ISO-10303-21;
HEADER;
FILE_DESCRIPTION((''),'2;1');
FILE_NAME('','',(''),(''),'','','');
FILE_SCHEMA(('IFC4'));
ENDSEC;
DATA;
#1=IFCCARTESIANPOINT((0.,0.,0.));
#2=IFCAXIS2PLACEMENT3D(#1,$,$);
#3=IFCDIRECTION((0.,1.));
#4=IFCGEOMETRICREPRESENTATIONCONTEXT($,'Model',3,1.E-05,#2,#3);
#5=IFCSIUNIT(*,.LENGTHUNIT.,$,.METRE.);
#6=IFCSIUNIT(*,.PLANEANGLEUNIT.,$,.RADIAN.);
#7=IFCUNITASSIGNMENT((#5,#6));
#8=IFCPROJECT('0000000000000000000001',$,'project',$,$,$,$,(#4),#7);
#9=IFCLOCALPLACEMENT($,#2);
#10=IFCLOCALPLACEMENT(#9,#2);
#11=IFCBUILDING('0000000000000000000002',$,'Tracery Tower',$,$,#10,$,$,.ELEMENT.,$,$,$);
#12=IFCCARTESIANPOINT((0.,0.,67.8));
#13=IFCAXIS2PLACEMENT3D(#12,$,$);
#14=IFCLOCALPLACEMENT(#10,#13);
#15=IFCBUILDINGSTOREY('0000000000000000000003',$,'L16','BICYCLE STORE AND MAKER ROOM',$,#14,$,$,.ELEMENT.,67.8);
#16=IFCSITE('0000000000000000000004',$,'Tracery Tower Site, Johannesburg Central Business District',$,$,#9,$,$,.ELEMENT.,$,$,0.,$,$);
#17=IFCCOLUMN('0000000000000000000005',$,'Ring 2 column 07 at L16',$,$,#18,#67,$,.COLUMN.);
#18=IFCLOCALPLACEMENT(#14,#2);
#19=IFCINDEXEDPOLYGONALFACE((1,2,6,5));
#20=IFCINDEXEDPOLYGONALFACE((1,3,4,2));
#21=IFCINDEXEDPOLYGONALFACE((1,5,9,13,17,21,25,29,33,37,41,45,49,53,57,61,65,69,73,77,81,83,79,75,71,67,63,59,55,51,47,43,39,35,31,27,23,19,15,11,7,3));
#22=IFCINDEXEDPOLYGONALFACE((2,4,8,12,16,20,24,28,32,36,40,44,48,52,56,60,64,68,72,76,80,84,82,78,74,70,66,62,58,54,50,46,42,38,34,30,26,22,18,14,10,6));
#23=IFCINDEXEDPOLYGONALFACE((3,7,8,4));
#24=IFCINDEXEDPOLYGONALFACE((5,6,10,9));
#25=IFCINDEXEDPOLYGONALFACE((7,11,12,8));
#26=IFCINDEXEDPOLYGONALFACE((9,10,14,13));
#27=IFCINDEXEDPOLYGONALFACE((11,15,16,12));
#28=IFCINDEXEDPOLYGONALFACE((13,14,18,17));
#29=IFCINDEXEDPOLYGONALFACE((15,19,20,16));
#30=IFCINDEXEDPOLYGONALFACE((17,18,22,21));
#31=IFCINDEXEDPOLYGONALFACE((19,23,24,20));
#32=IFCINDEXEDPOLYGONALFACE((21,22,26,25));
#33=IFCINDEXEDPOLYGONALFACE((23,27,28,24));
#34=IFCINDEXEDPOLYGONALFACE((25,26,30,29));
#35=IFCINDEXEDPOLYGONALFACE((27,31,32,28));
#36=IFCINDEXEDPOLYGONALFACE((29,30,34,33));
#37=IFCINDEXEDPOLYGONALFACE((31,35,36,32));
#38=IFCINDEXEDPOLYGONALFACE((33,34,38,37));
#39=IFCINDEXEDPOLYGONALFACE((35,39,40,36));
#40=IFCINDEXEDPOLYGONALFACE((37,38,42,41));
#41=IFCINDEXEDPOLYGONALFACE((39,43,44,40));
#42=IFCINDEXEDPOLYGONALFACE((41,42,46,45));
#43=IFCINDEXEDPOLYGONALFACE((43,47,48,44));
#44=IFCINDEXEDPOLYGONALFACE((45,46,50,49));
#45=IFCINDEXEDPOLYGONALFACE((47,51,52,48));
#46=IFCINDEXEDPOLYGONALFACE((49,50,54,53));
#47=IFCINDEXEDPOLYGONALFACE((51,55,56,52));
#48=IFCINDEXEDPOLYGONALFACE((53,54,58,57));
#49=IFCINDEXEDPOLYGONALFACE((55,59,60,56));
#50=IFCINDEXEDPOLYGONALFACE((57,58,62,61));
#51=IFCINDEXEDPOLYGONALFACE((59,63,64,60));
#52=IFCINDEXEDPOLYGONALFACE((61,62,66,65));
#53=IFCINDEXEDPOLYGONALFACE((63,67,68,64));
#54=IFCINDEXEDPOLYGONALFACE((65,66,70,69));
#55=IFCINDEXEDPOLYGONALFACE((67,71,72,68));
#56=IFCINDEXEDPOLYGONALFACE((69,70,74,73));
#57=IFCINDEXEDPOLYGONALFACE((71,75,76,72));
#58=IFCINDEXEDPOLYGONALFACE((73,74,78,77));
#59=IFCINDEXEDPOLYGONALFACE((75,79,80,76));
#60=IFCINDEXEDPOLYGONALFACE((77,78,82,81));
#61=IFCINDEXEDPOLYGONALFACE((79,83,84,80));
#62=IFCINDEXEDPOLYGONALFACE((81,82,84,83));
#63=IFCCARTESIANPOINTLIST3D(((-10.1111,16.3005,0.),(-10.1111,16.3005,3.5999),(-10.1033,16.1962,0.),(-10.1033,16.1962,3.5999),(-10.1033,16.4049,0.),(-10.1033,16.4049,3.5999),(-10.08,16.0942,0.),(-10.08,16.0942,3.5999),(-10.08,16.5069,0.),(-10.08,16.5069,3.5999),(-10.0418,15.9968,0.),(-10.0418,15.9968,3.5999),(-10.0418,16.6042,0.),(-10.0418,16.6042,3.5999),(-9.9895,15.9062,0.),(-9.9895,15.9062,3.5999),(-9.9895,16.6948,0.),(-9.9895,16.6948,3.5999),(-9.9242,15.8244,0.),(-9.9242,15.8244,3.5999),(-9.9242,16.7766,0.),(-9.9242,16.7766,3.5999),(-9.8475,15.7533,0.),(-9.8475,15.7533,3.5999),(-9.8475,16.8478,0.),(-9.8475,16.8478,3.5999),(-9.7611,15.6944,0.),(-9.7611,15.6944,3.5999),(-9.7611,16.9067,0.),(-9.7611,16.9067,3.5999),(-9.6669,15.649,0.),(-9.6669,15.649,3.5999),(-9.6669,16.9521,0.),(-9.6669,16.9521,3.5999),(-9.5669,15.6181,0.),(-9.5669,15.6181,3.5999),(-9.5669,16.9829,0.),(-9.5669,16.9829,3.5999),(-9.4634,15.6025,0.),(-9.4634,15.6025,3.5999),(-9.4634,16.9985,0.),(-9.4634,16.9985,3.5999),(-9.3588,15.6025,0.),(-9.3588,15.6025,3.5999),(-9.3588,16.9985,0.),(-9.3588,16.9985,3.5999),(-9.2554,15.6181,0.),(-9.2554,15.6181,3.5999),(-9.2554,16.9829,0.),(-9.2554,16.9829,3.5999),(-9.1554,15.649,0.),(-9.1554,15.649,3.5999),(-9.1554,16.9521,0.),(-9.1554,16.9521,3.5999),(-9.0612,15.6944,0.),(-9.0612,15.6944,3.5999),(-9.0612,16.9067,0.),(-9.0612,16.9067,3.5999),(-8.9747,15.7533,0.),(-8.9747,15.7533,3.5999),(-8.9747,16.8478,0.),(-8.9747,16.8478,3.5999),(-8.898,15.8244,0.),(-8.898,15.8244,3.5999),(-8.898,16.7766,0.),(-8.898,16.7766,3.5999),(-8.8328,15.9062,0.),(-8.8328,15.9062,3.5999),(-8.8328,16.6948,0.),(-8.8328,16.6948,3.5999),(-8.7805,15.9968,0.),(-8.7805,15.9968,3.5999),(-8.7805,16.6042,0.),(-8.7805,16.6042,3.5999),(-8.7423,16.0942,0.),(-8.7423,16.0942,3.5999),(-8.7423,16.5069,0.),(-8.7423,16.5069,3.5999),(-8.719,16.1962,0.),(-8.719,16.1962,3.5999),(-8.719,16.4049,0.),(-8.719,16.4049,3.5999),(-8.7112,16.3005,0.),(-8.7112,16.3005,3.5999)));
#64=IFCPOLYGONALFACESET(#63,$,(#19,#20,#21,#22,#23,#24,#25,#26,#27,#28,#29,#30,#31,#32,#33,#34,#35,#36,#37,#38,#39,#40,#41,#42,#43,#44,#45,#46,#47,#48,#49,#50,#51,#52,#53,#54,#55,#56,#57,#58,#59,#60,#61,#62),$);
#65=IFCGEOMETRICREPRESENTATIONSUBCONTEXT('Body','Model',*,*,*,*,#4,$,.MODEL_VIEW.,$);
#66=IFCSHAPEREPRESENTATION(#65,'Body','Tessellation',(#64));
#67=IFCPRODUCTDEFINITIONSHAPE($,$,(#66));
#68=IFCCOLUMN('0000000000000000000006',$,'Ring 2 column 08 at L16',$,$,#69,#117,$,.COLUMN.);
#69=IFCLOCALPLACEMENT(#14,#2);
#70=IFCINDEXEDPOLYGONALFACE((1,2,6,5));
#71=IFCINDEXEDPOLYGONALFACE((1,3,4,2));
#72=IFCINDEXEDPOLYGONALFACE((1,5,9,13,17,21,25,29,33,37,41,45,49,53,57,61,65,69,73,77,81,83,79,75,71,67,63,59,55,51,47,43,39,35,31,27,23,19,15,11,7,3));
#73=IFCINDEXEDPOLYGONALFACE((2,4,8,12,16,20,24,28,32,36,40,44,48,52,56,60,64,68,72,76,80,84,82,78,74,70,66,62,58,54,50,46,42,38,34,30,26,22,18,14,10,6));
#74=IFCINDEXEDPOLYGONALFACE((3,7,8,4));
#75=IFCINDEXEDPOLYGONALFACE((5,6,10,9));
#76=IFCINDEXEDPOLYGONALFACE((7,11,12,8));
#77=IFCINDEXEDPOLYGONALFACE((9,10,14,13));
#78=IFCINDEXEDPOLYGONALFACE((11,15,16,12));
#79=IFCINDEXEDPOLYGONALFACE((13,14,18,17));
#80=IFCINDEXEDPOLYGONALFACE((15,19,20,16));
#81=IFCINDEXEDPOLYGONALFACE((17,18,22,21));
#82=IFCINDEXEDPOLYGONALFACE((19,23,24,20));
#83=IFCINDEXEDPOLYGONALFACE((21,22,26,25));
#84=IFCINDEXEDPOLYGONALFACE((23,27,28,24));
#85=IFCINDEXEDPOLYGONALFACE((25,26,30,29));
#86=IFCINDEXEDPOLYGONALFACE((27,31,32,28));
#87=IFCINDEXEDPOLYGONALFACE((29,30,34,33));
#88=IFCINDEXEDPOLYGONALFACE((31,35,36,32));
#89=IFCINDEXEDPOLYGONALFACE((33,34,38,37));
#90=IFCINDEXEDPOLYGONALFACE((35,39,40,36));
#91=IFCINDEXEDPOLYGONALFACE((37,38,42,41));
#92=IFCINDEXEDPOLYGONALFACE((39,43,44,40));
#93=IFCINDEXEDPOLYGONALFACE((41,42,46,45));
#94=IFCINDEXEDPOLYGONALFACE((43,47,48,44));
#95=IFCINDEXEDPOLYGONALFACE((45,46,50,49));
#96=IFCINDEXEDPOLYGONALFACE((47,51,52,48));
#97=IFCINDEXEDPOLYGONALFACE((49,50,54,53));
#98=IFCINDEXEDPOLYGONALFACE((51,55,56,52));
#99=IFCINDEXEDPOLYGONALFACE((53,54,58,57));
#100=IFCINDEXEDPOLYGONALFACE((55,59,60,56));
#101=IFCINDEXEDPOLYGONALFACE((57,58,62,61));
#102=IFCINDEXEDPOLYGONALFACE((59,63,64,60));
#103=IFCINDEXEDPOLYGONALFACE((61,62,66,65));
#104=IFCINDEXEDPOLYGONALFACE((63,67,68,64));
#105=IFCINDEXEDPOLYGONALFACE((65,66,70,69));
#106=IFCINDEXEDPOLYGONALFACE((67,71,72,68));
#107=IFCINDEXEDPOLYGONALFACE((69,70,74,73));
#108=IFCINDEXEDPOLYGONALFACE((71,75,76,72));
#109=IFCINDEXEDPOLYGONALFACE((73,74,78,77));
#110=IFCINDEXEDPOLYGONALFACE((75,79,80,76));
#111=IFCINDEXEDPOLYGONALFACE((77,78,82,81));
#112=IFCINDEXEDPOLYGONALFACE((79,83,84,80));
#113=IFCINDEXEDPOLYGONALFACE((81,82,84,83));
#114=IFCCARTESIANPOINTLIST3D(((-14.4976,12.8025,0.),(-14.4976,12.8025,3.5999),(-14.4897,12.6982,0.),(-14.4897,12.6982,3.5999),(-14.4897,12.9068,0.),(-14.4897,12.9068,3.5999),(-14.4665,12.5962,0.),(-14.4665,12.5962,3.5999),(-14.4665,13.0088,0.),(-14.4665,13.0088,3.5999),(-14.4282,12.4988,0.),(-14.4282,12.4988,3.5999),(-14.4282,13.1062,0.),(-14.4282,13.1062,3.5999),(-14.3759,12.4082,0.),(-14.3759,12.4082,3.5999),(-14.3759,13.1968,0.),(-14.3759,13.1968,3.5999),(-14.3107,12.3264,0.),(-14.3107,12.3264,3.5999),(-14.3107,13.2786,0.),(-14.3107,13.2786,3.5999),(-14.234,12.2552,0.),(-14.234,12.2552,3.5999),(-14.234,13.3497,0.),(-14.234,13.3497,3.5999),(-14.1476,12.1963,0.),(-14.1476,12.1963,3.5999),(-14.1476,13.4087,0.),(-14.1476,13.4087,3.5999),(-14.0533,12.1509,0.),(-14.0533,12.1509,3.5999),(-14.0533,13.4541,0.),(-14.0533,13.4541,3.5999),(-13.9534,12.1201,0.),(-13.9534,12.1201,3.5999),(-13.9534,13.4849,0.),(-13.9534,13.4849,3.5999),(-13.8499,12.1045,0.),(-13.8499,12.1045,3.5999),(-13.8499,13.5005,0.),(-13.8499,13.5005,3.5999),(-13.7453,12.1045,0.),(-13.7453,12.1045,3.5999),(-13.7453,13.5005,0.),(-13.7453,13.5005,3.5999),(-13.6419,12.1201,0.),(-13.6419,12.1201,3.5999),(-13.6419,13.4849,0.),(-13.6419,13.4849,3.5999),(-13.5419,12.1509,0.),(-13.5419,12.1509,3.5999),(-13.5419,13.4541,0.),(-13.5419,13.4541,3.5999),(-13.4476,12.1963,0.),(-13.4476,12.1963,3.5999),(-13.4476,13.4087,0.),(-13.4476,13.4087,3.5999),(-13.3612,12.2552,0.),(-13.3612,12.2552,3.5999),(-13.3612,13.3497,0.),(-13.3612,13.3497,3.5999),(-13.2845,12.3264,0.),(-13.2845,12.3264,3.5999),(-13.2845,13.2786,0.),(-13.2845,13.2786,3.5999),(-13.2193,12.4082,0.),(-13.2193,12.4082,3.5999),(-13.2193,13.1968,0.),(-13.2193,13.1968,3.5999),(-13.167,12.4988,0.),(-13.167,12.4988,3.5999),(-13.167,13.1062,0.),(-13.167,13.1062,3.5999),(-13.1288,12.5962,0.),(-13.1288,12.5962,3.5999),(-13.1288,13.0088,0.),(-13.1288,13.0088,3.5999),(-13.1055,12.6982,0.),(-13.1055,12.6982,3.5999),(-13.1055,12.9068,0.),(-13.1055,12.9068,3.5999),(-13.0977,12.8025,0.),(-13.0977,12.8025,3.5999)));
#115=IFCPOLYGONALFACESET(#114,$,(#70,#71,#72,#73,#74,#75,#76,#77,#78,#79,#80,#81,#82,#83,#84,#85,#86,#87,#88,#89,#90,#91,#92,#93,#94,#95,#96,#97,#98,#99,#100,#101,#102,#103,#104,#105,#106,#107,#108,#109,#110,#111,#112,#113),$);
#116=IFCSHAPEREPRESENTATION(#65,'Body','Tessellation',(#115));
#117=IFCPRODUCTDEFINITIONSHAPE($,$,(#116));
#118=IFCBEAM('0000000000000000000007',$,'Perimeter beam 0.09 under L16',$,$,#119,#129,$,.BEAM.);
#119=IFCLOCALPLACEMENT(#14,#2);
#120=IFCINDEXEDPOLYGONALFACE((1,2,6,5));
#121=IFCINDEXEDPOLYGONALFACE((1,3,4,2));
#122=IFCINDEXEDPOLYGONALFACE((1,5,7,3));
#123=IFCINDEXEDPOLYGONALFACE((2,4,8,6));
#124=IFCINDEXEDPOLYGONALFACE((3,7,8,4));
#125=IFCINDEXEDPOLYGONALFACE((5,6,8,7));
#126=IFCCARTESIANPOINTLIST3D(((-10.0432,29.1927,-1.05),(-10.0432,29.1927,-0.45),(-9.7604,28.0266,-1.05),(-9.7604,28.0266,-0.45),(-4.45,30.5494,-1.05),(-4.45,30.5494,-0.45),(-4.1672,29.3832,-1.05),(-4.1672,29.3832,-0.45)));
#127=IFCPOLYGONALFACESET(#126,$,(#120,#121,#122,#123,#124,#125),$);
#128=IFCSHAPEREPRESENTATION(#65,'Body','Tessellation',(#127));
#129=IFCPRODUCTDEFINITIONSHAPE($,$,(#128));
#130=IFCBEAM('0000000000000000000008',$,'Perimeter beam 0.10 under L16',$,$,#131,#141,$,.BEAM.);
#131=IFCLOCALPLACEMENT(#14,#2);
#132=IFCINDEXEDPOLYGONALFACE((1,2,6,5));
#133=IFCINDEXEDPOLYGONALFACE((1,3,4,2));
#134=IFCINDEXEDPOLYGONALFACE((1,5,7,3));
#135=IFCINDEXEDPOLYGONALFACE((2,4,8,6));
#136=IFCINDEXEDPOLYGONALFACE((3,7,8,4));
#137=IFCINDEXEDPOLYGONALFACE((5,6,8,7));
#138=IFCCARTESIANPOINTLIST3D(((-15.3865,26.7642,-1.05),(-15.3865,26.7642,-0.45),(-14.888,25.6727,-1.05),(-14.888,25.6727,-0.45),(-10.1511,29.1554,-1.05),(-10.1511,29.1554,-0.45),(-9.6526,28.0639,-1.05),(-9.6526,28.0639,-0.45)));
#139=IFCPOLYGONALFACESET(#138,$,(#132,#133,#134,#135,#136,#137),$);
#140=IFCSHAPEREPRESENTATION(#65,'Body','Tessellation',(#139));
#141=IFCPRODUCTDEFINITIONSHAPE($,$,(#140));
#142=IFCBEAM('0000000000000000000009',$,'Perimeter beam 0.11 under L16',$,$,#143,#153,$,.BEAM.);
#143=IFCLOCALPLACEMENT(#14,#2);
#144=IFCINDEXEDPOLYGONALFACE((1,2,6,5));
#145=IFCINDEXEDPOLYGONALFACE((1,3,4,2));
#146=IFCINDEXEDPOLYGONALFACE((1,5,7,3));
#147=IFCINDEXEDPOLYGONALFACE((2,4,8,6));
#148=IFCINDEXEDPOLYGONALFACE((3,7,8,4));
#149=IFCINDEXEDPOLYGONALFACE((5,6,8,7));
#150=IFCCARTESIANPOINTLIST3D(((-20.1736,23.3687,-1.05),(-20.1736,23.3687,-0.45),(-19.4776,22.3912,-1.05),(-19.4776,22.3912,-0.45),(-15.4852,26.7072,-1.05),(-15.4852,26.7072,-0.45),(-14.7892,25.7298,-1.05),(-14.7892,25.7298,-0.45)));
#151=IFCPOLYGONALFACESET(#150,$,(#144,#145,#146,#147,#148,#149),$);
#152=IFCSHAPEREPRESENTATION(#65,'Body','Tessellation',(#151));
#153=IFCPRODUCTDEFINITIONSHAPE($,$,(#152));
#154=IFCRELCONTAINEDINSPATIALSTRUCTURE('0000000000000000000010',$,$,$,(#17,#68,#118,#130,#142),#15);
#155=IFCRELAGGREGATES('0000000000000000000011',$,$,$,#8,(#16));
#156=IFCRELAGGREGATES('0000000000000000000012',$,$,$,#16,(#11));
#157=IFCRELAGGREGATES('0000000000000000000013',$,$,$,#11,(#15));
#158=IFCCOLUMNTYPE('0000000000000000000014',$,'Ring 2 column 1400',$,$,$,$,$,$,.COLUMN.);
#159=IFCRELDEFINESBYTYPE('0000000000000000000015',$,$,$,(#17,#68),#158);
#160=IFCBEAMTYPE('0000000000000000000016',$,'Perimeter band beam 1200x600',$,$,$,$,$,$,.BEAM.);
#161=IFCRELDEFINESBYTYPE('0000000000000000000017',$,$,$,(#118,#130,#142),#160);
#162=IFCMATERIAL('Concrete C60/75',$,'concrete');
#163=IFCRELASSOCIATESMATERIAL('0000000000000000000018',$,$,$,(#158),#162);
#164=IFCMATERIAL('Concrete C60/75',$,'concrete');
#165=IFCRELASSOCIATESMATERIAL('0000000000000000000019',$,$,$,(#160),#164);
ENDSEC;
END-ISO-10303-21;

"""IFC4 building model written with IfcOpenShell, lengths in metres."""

from ifc_helpers import new_model, si_unit, direction, frame, origin, origin_2d, place, context, subcontext, project, spatial, rectangle, circle, extrude, material, material_profile, profile_set, type_object, element, save


model = new_model("IFC4")

# Units and contexts
model_context = context("Model", 3, precision=1e-05, world=origin(), true_north=direction((0.0, 1.0)))
body_context = subcontext(model_context, "Body", "Model", "MODEL_VIEW")
ifc_project = project(units=[si_unit("LENGTHUNIT", "METRE"), si_unit("PLANEANGLEUNIT", "RADIAN")], contexts=[model_context])

# Site, building, storey
site_placement = place(None, origin())
site = spatial("IfcSite", under=ifc_project, at=site_placement, Name="Tracery Tower Site, Johannesburg Central Business District", CompositionType="ELEMENT", RefElevation=0.0)
building_placement = place(site_placement, origin())
building = spatial("IfcBuilding", under=site, at=building_placement, Name="Tracery Tower", CompositionType="ELEMENT")
storey_placement = place(building_placement, frame((0.0, 0.0, 67.8)))
storey = spatial("IfcBuildingStorey", under=building, at=storey_placement, Name="L16", Description="BICYCLE STORE AND MAKER ROOM", CompositionType="ELEMENT", Elevation=67.8)

# Columns
ifc_material_1 = material(Name="Concrete C60/75", Category="concrete")
ifc_material_profile_1 = material_profile(ifc_material_1, circle(Radius=0.7, at=origin_2d()), Name="RC D1400")
ifc_profile_set_1 = profile_set([ifc_material_profile_1], Name="Concrete C60/75")
column_type_1 = type_object("IfcColumnType", Name="Ring 2 column 1400", PredefinedType="COLUMN", material=ifc_profile_set_1)
for number, where, z_axis, x_axis, name in (
    (1, (-9.4111, 16.3005, 0.0), (0.0, 0.0, 1.0), (1.0, 0.0, 0.0), "Ring 2 column 07 at L16"),
    (2, (-13.7976, 12.8025, 0.0), (0.0, 0.0, 1.0), (1.0, 0.0, 0.0), "Ring 2 column 08 at L16"),
):
    element("IfcColumn", number, at=place(storey_placement, frame(where, z_axis=z_axis, x_axis=x_axis)), inside=storey, type_object=column_type_1, Name=name, PredefinedType="COLUMN", context=body_context, shape_type="SweptSolid", body=[
        extrude(circle(Radius=0.7, at=origin_2d()), origin(), (0.0, 0.0, 1.0), 3.5999),
    ])

# Beams
ifc_material_2 = material(Name="Concrete C60/75", Category="concrete")
ifc_material_profile_2 = material_profile(ifc_material_2, rectangle(XDim=1.2, YDim=0.6001, at=origin_2d()), Name="RC 1200x600")
ifc_profile_set_2 = profile_set([ifc_material_profile_2], Name="Concrete C60/75")
beam_type = type_object("IfcBeamType", Name="Perimeter band beam 1200x600", PredefinedType="BEAM", material=ifc_profile_set_2)
beam_placement = place(storey_placement, frame((-4.3086, 29.9663, -0.75), z_axis=(-0.97182, -0.235723, 0.0), x_axis=(0.235723, -0.97182, 0.0)))
element("IfcBeam", 3, at=beam_placement, inside=storey, type_object=beam_type, Name="Perimeter beam 0.09 under L16", PredefinedType="BEAM", context=body_context, shape_type="SweptSolid", body=[
    extrude(rectangle(XDim=1.2, YDim=0.6001, at=origin_2d()), origin(), (0.0, 0.0, 1.0), 5.7554),
])
for number, where, z_axis, x_axis, name in (
    (4, (-9.9019, 28.6096, -0.75), (-0.909618, -0.415445, 0.0), (0.415445, -0.909618, 0.0), "Perimeter beam 0.10 under L16"),
    (5, (-15.1372, 26.2185, -0.75), (-0.814578, -0.580054, 0.0), (0.580054, -0.814578, 0.0), "Perimeter beam 0.11 under L16"),
):
    element("IfcBeam", number, at=place(storey_placement, frame(where, z_axis=z_axis, x_axis=x_axis)), inside=storey, type_object=beam_type, Name=name, PredefinedType="BEAM", context=body_context, shape_type="SweptSolid", body=[
        extrude(rectangle(XDim=1.2, YDim=0.6001, at=origin_2d()), origin(), (0.0, 0.0, 1.0), 5.7556),
    ])

save(model, "model.ifc")
